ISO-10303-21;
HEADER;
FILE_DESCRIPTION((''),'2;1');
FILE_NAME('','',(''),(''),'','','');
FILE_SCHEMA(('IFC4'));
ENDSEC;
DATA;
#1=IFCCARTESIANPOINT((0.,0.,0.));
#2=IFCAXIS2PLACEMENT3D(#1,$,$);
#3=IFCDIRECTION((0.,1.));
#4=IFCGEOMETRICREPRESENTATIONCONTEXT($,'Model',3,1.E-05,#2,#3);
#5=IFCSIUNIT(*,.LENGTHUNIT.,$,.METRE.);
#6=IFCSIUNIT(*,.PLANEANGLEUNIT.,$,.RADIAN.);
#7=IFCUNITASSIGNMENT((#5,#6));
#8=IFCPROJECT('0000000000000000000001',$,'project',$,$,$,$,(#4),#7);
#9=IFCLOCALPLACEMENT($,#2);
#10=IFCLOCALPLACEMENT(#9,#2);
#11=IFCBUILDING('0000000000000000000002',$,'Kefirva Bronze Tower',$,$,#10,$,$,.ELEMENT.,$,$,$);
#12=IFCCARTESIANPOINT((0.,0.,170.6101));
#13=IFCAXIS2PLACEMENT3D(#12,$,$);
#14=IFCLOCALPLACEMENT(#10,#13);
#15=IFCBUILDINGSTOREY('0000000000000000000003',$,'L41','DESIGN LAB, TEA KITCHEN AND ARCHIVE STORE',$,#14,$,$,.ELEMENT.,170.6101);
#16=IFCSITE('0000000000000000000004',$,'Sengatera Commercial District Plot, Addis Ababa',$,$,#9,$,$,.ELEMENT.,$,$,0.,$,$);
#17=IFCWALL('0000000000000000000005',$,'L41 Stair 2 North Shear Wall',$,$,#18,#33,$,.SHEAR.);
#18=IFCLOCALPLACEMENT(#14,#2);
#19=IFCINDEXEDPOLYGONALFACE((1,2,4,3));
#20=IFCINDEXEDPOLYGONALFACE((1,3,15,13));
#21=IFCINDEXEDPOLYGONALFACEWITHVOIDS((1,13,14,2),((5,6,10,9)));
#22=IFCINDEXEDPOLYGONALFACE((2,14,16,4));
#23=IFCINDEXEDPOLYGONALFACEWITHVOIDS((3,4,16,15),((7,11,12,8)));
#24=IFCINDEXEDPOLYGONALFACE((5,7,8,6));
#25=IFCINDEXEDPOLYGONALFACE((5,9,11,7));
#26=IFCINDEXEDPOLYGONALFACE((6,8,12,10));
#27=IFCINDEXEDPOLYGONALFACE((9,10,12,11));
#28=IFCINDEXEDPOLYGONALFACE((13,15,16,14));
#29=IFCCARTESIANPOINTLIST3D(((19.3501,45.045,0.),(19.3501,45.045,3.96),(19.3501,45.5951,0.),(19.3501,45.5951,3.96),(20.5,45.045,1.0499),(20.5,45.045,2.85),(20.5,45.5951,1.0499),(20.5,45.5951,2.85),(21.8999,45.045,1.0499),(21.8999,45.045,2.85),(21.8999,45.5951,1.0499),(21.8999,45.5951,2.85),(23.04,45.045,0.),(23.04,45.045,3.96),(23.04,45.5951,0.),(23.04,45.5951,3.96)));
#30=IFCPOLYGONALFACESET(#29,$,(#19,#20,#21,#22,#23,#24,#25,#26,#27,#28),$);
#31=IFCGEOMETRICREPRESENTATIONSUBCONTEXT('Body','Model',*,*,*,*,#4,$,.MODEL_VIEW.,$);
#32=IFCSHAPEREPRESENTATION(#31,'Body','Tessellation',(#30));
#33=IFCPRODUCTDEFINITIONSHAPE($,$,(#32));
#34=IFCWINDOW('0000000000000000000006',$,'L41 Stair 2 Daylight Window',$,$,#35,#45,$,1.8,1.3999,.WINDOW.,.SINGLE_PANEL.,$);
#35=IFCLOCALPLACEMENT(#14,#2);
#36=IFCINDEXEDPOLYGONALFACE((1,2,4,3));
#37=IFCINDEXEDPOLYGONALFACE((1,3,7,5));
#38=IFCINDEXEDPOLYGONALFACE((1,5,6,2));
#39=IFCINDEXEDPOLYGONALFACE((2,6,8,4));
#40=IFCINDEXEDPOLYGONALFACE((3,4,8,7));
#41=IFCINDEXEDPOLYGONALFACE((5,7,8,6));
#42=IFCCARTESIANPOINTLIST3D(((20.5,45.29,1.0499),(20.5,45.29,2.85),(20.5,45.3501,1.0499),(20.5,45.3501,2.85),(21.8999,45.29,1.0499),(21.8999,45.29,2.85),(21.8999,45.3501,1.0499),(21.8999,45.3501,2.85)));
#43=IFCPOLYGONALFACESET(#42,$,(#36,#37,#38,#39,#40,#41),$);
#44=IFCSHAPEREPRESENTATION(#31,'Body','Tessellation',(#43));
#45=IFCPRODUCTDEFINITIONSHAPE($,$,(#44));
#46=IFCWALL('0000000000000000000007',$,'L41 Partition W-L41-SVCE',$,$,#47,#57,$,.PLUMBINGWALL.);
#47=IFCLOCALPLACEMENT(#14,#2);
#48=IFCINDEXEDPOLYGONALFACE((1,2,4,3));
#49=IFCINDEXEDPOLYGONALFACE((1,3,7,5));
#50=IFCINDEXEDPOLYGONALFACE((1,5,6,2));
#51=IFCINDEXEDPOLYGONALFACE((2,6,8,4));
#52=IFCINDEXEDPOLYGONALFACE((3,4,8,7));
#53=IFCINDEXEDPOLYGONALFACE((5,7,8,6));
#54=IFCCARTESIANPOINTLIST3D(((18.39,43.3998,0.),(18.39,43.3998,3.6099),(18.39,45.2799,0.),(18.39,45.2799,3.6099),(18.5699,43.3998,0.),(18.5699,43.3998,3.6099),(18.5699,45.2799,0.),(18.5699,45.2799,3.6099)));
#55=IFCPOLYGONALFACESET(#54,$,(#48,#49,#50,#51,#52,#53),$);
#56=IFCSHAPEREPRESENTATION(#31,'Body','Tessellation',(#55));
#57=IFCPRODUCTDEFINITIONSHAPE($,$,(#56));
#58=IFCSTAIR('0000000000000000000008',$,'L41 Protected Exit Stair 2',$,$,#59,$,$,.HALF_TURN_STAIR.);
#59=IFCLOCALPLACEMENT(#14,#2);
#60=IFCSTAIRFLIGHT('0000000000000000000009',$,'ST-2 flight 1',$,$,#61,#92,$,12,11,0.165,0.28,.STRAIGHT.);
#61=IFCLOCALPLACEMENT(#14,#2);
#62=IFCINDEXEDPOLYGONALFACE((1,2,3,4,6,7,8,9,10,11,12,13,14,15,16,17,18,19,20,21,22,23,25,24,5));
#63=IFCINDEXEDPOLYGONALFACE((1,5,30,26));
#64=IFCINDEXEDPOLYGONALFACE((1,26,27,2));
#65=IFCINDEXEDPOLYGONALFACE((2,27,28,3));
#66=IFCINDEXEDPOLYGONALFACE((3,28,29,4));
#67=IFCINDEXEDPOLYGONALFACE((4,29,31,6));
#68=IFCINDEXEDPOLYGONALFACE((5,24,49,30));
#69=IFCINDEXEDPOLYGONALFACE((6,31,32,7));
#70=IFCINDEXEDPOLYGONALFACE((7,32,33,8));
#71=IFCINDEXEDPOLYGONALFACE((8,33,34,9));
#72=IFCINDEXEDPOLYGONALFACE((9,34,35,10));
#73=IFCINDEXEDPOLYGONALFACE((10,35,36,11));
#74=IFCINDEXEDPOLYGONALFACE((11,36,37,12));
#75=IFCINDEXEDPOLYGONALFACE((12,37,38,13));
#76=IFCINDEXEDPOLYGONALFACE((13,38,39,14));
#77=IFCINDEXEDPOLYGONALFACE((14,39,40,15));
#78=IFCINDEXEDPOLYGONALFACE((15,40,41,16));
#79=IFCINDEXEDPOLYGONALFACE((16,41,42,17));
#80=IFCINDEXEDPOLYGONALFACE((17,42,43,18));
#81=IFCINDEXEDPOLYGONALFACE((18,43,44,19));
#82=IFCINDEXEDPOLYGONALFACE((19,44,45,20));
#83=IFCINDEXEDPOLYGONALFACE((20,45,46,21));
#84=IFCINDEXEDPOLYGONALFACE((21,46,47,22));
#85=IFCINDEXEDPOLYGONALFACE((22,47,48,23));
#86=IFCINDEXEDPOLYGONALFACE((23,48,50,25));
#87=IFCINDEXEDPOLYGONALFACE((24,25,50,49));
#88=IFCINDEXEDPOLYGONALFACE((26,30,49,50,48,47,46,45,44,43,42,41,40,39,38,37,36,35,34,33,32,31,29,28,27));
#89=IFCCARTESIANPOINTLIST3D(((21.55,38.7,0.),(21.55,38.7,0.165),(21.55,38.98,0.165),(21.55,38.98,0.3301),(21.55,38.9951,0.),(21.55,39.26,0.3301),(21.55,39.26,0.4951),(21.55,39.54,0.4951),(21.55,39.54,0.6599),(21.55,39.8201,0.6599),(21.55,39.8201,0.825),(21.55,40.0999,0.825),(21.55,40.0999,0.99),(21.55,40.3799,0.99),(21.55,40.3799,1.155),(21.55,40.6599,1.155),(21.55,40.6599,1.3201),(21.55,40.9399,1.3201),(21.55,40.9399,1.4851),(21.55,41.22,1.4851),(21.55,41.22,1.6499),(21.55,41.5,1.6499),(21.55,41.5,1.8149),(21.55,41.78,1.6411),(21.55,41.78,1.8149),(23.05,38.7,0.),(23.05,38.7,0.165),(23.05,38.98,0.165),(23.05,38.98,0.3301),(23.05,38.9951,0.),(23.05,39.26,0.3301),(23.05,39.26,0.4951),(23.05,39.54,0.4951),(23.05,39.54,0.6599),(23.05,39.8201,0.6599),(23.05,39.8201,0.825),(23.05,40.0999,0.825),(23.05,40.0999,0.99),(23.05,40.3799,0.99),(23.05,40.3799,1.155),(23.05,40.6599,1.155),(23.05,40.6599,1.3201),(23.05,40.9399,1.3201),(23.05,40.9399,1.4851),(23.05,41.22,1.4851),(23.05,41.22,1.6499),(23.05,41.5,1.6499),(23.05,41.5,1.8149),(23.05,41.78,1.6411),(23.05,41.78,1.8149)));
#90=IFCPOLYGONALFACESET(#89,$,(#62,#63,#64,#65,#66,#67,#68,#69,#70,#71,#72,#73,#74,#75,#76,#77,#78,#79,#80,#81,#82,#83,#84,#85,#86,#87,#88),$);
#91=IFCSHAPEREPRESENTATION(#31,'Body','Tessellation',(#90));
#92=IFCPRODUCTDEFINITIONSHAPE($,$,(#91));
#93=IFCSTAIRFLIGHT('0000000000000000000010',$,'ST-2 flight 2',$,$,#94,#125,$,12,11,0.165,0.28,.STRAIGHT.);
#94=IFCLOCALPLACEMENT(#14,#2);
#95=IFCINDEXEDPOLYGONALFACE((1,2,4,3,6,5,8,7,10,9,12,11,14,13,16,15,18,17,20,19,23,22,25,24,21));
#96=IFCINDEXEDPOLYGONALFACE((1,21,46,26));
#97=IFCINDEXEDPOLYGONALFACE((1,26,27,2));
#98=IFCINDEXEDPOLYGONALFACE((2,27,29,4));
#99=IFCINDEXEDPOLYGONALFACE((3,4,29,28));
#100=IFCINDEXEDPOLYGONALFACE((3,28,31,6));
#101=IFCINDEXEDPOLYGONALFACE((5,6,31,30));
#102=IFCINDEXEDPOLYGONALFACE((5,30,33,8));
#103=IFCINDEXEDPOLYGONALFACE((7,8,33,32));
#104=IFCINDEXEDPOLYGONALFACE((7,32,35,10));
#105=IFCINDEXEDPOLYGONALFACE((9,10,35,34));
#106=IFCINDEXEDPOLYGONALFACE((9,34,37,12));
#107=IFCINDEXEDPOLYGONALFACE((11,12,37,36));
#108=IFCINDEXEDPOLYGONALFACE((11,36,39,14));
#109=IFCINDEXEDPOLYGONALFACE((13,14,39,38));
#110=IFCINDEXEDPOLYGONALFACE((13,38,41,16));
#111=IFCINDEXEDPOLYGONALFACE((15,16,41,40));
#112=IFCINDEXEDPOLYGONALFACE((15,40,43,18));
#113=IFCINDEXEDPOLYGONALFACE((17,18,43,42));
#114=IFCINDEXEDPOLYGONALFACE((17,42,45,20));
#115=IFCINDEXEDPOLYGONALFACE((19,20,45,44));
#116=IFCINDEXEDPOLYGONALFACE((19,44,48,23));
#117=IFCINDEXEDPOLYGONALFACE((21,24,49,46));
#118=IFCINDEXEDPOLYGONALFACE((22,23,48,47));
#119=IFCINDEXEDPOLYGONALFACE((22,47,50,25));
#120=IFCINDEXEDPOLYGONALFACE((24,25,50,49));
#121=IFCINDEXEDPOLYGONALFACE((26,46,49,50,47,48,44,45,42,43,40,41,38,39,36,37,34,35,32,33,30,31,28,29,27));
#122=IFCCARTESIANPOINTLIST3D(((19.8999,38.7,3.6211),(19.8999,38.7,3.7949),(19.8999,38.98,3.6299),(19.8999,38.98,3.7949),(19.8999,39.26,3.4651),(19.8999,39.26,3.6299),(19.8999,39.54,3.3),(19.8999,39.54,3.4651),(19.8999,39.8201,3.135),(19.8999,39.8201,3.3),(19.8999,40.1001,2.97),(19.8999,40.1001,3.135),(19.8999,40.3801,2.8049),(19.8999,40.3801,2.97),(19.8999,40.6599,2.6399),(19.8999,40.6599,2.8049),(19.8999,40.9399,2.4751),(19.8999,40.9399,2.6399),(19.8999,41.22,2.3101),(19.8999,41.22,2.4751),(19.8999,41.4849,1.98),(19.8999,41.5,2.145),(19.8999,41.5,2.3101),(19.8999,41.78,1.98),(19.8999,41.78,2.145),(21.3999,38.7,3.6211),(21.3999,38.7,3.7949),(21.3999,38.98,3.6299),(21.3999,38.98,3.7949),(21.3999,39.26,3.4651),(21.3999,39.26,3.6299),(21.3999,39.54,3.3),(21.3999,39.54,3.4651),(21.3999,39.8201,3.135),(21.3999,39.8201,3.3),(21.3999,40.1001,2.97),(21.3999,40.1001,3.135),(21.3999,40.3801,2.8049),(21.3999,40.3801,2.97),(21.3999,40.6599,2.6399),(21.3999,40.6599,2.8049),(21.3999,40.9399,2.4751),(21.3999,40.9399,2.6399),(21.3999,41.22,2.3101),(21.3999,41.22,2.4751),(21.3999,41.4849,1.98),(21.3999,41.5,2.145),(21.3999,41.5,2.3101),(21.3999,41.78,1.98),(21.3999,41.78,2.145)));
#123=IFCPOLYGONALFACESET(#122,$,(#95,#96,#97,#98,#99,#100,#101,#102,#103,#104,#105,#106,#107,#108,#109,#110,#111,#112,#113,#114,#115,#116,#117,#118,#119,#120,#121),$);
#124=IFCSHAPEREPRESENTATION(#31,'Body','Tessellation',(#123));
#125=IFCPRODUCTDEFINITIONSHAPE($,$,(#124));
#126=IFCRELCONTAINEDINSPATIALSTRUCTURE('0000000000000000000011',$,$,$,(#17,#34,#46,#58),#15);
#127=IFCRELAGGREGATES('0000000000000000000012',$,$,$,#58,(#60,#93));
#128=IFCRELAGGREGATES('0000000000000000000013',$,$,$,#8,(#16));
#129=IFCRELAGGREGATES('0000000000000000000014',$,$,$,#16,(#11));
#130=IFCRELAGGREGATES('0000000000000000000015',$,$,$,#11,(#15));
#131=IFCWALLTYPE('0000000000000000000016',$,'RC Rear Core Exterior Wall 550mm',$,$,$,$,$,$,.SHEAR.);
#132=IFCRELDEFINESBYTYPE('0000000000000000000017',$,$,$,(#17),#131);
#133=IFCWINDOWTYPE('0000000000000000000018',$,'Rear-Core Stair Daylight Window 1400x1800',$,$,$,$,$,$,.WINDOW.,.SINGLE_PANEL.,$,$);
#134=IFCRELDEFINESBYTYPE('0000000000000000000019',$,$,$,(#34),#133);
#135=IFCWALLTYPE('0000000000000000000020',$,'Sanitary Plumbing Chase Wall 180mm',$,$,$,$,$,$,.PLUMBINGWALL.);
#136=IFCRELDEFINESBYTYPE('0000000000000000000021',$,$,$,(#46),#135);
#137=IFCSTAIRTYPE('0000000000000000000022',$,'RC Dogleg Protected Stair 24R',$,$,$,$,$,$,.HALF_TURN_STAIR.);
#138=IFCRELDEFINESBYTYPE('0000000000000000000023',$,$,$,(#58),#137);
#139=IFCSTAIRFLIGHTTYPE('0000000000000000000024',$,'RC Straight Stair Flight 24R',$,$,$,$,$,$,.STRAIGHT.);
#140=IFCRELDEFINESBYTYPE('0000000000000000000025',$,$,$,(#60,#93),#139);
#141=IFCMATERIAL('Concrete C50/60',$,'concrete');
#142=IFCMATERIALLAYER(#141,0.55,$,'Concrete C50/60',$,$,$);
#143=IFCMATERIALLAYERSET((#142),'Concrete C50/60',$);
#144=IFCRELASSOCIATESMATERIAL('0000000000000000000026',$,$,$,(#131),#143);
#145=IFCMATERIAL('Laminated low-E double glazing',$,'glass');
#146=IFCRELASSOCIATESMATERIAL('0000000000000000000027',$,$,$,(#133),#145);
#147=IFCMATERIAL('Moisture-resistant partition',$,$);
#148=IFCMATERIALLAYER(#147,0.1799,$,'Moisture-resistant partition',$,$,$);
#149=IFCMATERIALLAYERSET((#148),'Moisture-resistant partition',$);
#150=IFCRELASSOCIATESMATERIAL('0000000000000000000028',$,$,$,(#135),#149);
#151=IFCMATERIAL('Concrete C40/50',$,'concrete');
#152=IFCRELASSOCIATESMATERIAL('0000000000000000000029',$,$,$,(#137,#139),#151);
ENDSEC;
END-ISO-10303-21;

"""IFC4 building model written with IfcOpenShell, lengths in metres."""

from ifc_helpers import new_model, si_unit, direction, frame, frame_2d, origin, place, context, subcontext, project, spatial, polyline, rectangle, outline, extrude, material, layer, layer_set, type_object, element, fill, aggregate, save


model = new_model("IFC4")

# Units and contexts
model_context = context("Model", 3, precision=1e-05, world=origin(), true_north=direction((0.0, 1.0)))
body_context = subcontext(model_context, "Body", "Model", "MODEL_VIEW")
ifc_project = project(units=[si_unit("LENGTHUNIT", "METRE"), si_unit("PLANEANGLEUNIT", "RADIAN")], contexts=[model_context])

# Site, building, storey
site_placement = place(None, origin())
site = spatial("IfcSite", under=ifc_project, at=site_placement, Name="Sengatera Commercial District Plot, Addis Ababa", CompositionType="ELEMENT", RefElevation=0.0)
building_placement = place(site_placement, origin())
building = spatial("IfcBuilding", under=site, at=building_placement, Name="Kefirva Bronze Tower", CompositionType="ELEMENT")
storey_placement = place(building_placement, frame((0.0, 0.0, 170.6101)))
storey = spatial("IfcBuildingStorey", under=building, at=storey_placement, Name="L41", Description="DESIGN LAB, TEA KITCHEN AND ARCHIVE STORE", CompositionType="ELEMENT", Elevation=170.6101)

# Shared definitions
ifc_material_1 = material(Name="Concrete C50/60", Category="concrete")

# Shared definitions
ifc_material_2 = material(Name="Laminated low-E double glazing", Category="glass")

# Wall, opening, window
ifc_layer_1 = layer(ifc_material_1, 0.55, Name="Concrete C50/60")
ifc_layer_set_1 = layer_set([ifc_layer_1], Name="Concrete C50/60")
wall_type_1 = type_object("IfcWallType", Name="RC Rear Core Exterior Wall 550mm", PredefinedType="SHEAR", material=ifc_layer_set_1)
wall_1_placement = place(storey_placement, frame((19.3501, 45.3201, 0.0), z_axis=(0.0, 0.0, 1.0), x_axis=(1.0, 0.0, 0.0)))
wall_1 = element("IfcWall", 1, at=wall_1_placement, inside=storey, type_object=wall_type_1, Name="L41 Stair 2 North Shear Wall", PredefinedType="SHEAR", context=body_context, shape_type="SweptSolid", body=[
    extrude(rectangle(XDim=3.6899, YDim=0.55, at=frame_2d((1.845, 0.0))), origin(), (0.0, 0.0, 1.0), 3.96),
])
opening_placement = place(wall_1_placement, frame((1.1499, 0.0, 1.05)))
opening = element("IfcOpeningElement", 2, at=opening_placement, cuts=wall_1, PredefinedType="OPENING", context=body_context, shape_type="SweptSolid", body=[
    extrude(rectangle(XDim=1.3999, YDim=1.8, at=frame_2d((0.7, 0.8999))), frame((0.0, 0.2852, 0.0), z_axis=(0.0, -1.0, 0.0), x_axis=(1.0, 0.0, 0.0)), (0.0, 0.0, 1.0), 0.5701),
])
window_type = type_object("IfcWindowType", Name="Rear-Core Stair Daylight Window 1400x1800", PartitioningType="SINGLE_PANEL", PredefinedType="WINDOW", material=ifc_material_2)
window_placement = place(opening_placement, origin())
window = element("IfcWindow", 3, at=window_placement, inside=storey, type_object=window_type, Name="L41 Stair 2 Daylight Window", OverallHeight=1.8, OverallWidth=1.3999, PartitioningType="SINGLE_PANEL", PredefinedType="WINDOW", context=body_context, shape_type="SweptSolid", body=[
    extrude(rectangle(XDim=1.3999, YDim=1.8, at=frame_2d((0.7, 0.8999))), frame((0.0, 0.03, 0.0), z_axis=(0.0, -1.0, 0.0), x_axis=(1.0, 0.0, 0.0)), (0.0, 0.0, 1.0), 0.0601),
])
fill(opening, window)

# Wall
ifc_material_3 = material(Name="Moisture-resistant partition")
ifc_layer_2 = layer(ifc_material_3, 0.1799, Name="Moisture-resistant partition")
ifc_layer_set_2 = layer_set([ifc_layer_2], Name="Moisture-resistant partition")
wall_type_2 = type_object("IfcWallType", Name="Sanitary Plumbing Chase Wall 180mm", PredefinedType="PLUMBINGWALL", material=ifc_layer_set_2)
wall_2_placement = place(storey_placement, frame((18.48, 43.3999, 0.0), z_axis=(0.0, 0.0, 1.0), x_axis=(0.0, 1.0, 0.0)))
element("IfcWall", 4, at=wall_2_placement, inside=storey, type_object=wall_type_2, Name="L41 Partition W-L41-SVCE", PredefinedType="PLUMBINGWALL", context=body_context, shape_type="SweptSolid", body=[
    extrude(rectangle(XDim=1.8801, YDim=0.1799, at=frame_2d((0.9399, 0.0))), origin(), (0.0, 0.0, 1.0), 3.6099),
])

# Stair, stair flights
ifc_material_4 = material(Name="Concrete C40/50", Category="concrete")
stair_type = type_object("IfcStairType", Name="RC Dogleg Protected Stair 24R", PredefinedType="HALF_TURN_STAIR", material=ifc_material_4)
stair_placement = place(storey_placement, origin())
stair = element("IfcStair", 5, at=stair_placement, inside=storey, type_object=stair_type, Name="L41 Protected Exit Stair 2", PredefinedType="HALF_TURN_STAIR")
stair_flight_type = type_object("IfcStairFlightType", Name="RC Straight Stair Flight 24R", PredefinedType="STRAIGHT", material=ifc_material_4)
stair_flight_1_placement = place(storey_placement, frame((22.3, 38.7, 0.0), z_axis=(0.0, 0.0, 1.0), x_axis=(0.0, 1.0, 0.0)))
stair_flight_1 = element("IfcStairFlight", 6, at=stair_flight_1_placement, type_object=stair_flight_type, Name="ST-2 flight 1", NumberOfRisers=12, NumberOfTreads=11, PredefinedType="STRAIGHT", RiserHeight=0.165, TreadLength=0.28, context=body_context, shape_type="SweptSolid", body=[
    extrude(outline(polyline([(0.0, 0.0), (0.0, 0.165), (0.28, 0.165), (0.28, 0.3301), (0.5601, 0.3301), (0.5601, 0.4951), (0.8401, 0.4951), (0.8401, 0.6599), (1.1201, 0.6599), (1.1201, 0.825), (1.3999, 0.825), (1.3999, 0.99), (1.6799, 0.99), (1.6799, 1.155), (1.96, 1.155), (1.96, 1.3201), (2.24, 1.3201), (2.24, 1.4851), (2.52, 1.4851), (2.52, 1.6499), (2.8, 1.6499), (2.8, 1.8149), (3.0801, 1.8149), (3.0801, 1.98), (3.0801, 1.6411), (0.2952, 0.0), (0.0, 0.0)])), frame((0.0, 0.75, 0.0), z_axis=(0.0, -1.0, 0.0), x_axis=(1.0, 0.0, 0.0)), (0.0, 0.0, 1.0), 1.5),
])
stair_flight_2_placement = place(storey_placement, frame((20.6499, 41.78, 1.98), z_axis=(0.0, 0.0, 1.0), x_axis=(0.0, -1.0, 0.0)))
stair_flight_2 = element("IfcStairFlight", 7, at=stair_flight_2_placement, type_object=stair_flight_type, Name="ST-2 flight 2", NumberOfRisers=12, NumberOfTreads=11, PredefinedType="STRAIGHT", RiserHeight=0.165, TreadLength=0.28, context=body_context, shape_type="SweptSolid", body=[
    extrude(outline(polyline([(0.0, 0.0), (0.0, 0.165), (0.28, 0.165), (0.28, 0.3301), (0.5601, 0.3301), (0.5601, 0.4951), (0.8401, 0.4951), (0.8401, 0.6599), (1.1201, 0.6599), (1.1201, 0.825), (1.3999, 0.825), (1.3999, 0.99), (1.6799, 0.99), (1.6799, 1.155), (1.96, 1.155), (1.96, 1.3201), (2.24, 1.3201), (2.24, 1.4851), (2.52, 1.4851), (2.52, 1.6499), (2.8, 1.6499), (2.8, 1.8149), (3.0801, 1.8149), (3.0801, 1.98), (3.0801, 1.6411), (0.2952, 0.0), (0.0, 0.0)])), frame((0.0, 0.75, 0.0), z_axis=(0.0, -1.0, 0.0), x_axis=(1.0, 0.0, 0.0)), (0.0, 0.0, 1.0), 1.5),
])
aggregate(stair, [stair_flight_1, stair_flight_2])

save(model, "model.ifc")
